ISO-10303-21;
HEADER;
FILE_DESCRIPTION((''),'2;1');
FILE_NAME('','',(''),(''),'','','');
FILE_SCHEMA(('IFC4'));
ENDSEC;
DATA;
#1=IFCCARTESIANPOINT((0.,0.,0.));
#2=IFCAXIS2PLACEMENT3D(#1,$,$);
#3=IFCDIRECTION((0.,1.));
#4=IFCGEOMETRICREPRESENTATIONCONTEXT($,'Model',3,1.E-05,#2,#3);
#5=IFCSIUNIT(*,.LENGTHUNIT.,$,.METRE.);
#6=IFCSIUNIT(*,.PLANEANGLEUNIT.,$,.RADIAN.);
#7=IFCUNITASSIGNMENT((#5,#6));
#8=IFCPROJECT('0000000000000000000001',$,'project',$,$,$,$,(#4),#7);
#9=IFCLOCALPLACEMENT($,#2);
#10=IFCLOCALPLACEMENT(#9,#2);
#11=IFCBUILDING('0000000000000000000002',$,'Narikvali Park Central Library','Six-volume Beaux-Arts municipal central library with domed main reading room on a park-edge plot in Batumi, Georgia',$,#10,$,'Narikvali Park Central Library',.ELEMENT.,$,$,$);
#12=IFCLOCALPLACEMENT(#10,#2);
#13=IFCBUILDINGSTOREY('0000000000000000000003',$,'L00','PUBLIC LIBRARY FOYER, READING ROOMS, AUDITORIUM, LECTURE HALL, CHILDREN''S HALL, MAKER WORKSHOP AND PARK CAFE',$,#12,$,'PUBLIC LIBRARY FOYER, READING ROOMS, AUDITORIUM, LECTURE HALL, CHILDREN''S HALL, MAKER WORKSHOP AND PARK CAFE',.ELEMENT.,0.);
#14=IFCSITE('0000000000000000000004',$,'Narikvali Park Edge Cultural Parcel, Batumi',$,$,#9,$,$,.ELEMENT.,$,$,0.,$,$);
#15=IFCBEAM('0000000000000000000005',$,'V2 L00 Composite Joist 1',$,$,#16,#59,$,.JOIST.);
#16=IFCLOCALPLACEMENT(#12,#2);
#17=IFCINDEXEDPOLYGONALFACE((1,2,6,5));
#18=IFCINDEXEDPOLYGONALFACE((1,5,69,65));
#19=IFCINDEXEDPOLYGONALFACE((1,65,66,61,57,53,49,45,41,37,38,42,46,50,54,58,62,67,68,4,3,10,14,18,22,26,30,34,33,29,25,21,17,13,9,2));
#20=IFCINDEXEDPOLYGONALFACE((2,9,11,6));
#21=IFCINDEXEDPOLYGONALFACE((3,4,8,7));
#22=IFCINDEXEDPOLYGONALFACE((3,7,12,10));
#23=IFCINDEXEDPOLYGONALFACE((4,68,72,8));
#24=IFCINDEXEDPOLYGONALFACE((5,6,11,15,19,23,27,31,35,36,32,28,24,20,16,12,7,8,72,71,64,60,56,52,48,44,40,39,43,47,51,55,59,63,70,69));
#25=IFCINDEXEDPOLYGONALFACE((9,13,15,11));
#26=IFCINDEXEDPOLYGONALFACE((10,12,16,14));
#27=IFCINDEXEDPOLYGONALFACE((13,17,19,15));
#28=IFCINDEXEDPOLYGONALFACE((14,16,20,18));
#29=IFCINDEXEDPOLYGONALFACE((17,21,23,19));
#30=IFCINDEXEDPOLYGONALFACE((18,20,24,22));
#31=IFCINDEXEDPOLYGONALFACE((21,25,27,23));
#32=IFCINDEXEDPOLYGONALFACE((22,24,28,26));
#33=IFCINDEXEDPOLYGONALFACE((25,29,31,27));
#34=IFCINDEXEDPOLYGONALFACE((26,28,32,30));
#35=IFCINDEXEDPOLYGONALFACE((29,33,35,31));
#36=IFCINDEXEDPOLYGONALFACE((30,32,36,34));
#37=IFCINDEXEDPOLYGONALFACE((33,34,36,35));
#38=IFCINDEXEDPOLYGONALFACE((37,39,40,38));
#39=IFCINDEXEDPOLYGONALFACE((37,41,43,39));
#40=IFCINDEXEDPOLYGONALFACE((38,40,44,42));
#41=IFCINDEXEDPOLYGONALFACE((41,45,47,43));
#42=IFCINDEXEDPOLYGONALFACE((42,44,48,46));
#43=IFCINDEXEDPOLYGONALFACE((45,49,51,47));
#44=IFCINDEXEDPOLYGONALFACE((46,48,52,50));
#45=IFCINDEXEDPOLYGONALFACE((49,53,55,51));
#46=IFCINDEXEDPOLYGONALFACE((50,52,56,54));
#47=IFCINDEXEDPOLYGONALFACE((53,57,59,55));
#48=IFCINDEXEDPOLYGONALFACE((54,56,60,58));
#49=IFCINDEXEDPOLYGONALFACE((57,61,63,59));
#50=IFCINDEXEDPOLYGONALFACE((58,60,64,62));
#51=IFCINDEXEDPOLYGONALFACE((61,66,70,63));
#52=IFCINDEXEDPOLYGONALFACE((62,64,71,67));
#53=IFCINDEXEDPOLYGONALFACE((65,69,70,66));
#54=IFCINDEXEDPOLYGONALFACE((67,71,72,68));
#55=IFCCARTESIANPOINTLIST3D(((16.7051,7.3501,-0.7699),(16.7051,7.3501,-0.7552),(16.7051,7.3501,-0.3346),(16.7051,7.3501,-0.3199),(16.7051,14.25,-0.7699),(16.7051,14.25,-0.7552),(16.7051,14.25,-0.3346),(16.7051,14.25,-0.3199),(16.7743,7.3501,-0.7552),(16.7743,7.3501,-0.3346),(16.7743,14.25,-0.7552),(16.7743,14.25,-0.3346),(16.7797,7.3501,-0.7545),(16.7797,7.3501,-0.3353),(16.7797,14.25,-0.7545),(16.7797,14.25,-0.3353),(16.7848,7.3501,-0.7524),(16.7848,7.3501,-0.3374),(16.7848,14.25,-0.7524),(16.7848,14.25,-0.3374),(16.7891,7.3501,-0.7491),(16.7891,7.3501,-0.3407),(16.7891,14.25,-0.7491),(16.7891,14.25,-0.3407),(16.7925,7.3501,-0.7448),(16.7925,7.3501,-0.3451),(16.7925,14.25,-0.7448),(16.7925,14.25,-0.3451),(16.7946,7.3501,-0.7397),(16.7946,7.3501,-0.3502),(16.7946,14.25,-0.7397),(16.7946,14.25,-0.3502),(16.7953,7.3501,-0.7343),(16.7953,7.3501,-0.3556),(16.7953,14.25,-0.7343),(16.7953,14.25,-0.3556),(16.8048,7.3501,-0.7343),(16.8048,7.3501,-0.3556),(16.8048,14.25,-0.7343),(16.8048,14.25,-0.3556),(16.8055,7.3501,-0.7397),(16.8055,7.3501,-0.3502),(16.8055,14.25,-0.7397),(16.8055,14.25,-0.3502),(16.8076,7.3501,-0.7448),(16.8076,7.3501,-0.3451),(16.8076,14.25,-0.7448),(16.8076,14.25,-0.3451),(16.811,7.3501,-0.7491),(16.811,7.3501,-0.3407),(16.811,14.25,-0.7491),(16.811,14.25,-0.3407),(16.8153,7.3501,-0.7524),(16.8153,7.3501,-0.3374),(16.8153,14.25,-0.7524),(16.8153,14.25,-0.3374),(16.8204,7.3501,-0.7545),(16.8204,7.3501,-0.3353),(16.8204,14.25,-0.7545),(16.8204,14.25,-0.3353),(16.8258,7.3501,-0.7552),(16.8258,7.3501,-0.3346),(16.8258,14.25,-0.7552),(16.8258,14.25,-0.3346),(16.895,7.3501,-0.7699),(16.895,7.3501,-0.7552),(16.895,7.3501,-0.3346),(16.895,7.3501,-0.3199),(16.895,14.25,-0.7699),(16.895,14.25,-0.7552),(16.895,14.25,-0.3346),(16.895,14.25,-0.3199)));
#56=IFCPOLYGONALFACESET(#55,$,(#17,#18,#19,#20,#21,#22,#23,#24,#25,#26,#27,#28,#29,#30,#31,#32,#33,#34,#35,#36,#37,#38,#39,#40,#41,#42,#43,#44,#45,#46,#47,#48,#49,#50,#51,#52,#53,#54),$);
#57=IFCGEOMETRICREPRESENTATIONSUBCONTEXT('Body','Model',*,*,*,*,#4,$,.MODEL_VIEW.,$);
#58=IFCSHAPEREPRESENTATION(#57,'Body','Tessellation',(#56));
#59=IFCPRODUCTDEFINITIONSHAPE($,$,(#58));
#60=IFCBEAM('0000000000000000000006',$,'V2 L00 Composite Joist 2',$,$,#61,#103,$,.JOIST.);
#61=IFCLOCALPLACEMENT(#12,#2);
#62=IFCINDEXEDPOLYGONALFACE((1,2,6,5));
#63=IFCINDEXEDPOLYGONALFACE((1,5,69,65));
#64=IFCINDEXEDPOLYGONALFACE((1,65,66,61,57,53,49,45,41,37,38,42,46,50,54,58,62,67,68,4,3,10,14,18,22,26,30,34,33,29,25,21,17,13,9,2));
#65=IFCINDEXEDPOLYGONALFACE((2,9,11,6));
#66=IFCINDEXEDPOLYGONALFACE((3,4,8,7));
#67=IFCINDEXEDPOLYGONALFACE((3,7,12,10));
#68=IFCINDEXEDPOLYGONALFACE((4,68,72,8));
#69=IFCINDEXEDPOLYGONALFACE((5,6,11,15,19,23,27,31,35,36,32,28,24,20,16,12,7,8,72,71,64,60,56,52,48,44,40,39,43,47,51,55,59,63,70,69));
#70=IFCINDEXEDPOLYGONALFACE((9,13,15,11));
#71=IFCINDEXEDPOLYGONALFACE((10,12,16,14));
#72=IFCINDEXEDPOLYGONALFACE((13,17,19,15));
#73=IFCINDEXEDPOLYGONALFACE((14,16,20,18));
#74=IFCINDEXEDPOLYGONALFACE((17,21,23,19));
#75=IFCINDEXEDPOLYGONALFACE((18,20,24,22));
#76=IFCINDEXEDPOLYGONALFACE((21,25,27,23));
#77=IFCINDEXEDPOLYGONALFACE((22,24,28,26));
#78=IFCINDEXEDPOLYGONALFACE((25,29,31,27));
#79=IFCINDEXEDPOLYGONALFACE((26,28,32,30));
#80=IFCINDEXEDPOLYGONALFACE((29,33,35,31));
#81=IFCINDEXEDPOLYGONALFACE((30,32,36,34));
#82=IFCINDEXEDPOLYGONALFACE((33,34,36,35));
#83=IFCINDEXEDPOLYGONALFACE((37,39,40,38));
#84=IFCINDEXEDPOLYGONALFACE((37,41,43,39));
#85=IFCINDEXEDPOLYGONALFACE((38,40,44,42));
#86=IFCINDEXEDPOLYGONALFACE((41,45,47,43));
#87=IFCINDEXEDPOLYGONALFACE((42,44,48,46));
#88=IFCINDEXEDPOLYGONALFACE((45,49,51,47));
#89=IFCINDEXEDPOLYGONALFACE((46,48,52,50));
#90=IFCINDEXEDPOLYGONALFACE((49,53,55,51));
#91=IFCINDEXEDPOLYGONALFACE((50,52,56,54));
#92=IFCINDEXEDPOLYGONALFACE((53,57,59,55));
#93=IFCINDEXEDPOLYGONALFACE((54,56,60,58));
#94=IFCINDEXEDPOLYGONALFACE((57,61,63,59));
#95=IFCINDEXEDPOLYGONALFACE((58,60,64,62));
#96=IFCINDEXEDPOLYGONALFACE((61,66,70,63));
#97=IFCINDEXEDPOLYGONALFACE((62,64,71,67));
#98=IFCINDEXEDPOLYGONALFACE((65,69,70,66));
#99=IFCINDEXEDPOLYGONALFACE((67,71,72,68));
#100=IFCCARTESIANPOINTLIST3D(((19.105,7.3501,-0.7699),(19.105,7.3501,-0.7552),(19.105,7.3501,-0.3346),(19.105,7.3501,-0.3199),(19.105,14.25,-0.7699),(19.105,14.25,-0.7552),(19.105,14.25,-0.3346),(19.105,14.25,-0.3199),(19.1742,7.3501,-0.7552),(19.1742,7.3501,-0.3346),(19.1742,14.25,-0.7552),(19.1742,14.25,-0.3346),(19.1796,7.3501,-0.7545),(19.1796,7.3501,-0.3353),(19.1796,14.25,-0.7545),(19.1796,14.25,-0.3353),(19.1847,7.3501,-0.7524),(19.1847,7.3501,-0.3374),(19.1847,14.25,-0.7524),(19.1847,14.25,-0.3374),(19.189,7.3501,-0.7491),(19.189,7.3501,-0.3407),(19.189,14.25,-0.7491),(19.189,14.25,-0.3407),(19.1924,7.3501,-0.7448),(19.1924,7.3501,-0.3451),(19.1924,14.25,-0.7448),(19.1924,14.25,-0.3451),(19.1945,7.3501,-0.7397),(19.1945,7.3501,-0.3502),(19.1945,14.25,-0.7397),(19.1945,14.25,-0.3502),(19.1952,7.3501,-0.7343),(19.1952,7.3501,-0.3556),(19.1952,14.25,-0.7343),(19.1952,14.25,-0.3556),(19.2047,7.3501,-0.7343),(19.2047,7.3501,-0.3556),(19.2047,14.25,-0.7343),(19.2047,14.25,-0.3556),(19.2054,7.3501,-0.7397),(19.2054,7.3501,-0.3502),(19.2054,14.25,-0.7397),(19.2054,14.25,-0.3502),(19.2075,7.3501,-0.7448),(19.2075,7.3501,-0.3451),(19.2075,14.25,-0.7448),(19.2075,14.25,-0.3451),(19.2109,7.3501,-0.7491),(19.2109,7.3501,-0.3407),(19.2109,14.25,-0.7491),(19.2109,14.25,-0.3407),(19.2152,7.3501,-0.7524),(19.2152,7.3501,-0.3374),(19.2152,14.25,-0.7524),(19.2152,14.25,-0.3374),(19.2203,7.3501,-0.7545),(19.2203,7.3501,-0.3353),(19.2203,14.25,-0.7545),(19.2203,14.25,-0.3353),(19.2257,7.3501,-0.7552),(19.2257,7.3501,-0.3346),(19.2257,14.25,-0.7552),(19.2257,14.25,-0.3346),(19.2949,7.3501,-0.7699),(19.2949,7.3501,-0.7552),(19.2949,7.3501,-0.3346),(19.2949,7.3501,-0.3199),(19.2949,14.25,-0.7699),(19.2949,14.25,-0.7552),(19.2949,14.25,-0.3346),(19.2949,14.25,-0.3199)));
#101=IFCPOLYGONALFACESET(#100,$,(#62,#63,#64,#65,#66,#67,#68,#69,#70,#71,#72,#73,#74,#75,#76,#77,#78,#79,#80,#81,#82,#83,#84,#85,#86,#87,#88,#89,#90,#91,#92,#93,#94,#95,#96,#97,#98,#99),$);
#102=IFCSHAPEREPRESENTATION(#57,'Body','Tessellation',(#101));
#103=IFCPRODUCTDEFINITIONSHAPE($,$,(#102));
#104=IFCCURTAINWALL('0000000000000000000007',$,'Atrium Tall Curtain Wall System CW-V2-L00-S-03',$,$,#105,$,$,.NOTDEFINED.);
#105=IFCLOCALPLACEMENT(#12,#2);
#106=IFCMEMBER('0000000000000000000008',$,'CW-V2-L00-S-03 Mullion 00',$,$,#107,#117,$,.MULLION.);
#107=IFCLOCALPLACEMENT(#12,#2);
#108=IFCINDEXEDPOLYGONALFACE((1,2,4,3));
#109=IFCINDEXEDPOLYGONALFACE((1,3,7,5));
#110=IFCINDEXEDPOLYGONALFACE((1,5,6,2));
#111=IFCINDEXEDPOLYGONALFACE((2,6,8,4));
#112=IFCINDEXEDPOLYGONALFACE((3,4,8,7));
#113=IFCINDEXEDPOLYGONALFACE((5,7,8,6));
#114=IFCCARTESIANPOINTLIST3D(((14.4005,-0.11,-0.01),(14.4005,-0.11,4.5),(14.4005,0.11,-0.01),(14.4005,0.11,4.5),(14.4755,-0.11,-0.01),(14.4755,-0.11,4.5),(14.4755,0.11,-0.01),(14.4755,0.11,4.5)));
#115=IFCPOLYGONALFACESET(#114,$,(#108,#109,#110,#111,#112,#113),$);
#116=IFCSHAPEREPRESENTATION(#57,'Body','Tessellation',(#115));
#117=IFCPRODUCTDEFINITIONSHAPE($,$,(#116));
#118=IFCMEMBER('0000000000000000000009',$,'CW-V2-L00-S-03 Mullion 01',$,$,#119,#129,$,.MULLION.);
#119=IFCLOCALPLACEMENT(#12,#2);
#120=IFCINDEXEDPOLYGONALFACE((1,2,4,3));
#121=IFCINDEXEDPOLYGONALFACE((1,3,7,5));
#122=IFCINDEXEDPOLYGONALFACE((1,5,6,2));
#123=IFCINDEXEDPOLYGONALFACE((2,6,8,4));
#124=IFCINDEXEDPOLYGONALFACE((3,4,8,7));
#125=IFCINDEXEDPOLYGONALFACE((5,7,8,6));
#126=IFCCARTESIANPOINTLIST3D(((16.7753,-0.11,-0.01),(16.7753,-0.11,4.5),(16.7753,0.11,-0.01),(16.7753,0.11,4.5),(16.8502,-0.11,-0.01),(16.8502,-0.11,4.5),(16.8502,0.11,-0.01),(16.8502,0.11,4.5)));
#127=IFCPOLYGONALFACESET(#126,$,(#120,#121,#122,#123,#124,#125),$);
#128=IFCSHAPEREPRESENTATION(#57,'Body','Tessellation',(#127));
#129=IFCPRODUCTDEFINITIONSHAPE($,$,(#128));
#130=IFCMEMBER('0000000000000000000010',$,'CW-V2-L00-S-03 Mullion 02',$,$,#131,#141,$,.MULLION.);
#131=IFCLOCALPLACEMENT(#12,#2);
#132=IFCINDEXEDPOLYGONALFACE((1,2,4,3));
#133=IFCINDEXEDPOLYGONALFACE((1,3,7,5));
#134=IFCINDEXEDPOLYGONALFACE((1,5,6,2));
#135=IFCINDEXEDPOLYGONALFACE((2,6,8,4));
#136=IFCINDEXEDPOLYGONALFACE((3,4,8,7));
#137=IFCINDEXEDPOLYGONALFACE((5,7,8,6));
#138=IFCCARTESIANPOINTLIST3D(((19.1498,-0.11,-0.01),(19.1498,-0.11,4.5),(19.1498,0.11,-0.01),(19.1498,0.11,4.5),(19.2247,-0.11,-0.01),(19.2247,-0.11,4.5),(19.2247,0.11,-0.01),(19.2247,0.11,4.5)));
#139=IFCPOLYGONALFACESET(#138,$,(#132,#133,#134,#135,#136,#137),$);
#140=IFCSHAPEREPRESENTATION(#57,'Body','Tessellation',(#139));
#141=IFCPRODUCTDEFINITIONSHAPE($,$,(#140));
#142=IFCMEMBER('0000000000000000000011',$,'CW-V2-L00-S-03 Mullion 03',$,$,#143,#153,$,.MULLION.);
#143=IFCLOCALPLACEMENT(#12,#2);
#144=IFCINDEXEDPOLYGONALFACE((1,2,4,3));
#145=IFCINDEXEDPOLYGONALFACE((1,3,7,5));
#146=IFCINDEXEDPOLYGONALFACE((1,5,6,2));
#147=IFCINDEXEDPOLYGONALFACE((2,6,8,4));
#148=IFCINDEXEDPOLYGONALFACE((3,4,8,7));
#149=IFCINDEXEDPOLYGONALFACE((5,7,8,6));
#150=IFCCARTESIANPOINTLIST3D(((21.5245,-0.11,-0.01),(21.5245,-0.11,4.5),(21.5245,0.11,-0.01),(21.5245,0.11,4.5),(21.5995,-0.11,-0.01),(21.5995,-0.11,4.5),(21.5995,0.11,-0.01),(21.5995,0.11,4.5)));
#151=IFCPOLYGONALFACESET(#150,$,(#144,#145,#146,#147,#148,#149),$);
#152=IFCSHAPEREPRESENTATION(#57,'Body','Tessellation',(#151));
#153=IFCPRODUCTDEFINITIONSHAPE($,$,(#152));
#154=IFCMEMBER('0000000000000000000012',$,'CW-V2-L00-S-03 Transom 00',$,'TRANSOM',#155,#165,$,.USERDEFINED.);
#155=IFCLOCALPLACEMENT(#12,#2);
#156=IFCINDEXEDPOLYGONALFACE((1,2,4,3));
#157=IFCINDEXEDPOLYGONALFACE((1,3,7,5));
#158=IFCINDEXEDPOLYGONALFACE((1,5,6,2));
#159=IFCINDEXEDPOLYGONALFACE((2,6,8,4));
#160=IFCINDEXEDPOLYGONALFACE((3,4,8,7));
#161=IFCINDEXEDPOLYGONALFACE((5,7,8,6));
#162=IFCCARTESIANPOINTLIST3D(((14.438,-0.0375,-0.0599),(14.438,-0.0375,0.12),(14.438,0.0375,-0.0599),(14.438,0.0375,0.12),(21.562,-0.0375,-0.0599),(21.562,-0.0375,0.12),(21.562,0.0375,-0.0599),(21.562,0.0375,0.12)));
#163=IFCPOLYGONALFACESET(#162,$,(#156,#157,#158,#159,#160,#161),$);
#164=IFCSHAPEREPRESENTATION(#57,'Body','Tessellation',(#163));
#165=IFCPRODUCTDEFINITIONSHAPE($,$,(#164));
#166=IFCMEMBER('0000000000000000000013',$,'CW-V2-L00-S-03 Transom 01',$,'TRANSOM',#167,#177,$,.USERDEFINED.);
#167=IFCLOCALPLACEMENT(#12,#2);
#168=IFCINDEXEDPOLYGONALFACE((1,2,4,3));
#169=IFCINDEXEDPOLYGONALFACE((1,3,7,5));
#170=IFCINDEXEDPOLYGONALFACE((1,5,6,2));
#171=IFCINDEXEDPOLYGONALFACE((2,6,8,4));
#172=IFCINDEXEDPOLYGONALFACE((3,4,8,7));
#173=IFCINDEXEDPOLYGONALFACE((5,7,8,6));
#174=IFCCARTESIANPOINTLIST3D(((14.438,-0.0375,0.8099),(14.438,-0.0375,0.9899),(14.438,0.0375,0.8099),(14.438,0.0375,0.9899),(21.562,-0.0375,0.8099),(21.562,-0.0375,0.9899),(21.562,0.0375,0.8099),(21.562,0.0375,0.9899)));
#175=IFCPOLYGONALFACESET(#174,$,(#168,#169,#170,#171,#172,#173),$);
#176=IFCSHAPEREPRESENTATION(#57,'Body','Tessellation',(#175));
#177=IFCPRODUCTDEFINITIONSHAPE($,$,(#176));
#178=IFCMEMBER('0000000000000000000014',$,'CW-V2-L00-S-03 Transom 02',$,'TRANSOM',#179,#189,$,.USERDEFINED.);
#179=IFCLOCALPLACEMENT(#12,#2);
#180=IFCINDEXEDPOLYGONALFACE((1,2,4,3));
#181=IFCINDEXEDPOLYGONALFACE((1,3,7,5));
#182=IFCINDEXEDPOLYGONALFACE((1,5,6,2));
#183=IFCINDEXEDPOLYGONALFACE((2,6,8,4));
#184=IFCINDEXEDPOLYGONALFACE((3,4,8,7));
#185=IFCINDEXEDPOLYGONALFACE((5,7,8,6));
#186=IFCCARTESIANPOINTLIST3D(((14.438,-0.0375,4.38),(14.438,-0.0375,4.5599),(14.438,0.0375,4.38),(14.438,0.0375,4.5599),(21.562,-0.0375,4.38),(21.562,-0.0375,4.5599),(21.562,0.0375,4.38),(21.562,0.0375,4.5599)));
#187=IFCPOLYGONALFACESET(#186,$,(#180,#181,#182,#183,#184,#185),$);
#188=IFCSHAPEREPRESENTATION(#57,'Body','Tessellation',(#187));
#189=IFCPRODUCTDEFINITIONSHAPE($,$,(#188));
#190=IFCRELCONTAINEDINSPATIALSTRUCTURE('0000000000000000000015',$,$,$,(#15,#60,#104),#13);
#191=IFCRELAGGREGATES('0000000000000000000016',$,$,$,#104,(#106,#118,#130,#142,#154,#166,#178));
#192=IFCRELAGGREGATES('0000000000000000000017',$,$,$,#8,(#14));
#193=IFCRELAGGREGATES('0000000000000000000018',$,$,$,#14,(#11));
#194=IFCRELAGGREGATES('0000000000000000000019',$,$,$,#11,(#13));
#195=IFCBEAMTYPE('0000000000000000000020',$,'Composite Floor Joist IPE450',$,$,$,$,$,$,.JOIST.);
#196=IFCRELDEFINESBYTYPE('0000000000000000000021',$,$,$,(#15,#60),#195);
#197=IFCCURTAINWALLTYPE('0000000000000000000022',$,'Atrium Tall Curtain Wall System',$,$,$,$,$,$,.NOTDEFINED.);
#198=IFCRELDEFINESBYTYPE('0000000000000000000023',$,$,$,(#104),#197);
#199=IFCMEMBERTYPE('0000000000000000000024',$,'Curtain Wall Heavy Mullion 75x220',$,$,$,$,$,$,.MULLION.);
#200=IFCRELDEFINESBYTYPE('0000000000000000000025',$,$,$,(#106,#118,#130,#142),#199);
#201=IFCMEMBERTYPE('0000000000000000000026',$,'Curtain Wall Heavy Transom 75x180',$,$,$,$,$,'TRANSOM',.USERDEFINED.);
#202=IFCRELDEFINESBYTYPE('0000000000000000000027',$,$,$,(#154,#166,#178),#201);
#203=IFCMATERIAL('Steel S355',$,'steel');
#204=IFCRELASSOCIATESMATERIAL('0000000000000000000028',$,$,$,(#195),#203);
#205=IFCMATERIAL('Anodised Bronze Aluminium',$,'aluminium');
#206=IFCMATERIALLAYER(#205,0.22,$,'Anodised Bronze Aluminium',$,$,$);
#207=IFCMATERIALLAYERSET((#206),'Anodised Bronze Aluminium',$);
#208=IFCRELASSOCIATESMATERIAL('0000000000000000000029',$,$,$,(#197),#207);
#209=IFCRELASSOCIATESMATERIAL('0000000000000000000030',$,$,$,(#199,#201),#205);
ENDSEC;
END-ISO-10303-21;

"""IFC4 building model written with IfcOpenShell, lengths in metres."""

from ifc_helpers import new_model, si_unit, direction, frame, origin, origin_2d, place, context, subcontext, project, spatial, rectangle, i_section, extrude, material, layer, layer_set, material_profile, profile_set, type_object, element, aggregate, save


model = new_model("IFC4")

# Units and contexts
model_context = context("Model", 3, precision=1e-05, world=origin(), true_north=direction((0.0, 1.0)))
body_context = subcontext(model_context, "Body", "Model", "MODEL_VIEW")
ifc_project = project(units=[si_unit("LENGTHUNIT", "METRE"), si_unit("PLANEANGLEUNIT", "RADIAN")], contexts=[model_context])

# Site, building, storey
site_placement = place(None, origin())
site = spatial("IfcSite", under=ifc_project, at=site_placement, Name="Narikvali Park Edge Cultural Parcel, Batumi", CompositionType="ELEMENT", RefElevation=0.0)
building_placement = place(site_placement, origin())
building = spatial("IfcBuilding", under=site, at=building_placement, Name="Narikvali Park Central Library", Description="Six-volume Beaux-Arts municipal central library with domed main reading room on a park-edge plot in Batumi, Georgia", LongName="Narikvali Park Central Library", CompositionType="ELEMENT")
storey_placement = place(building_placement, origin())
storey = spatial("IfcBuildingStorey", under=building, at=storey_placement, Name="L00", Description="PUBLIC LIBRARY FOYER, READING ROOMS, AUDITORIUM, LECTURE HALL, CHILDREN'S HALL, MAKER WORKSHOP AND PARK CAFE", LongName="PUBLIC LIBRARY FOYER, READING ROOMS, AUDITORIUM, LECTURE HALL, CHILDREN'S HALL, MAKER WORKSHOP AND PARK CAFE", CompositionType="ELEMENT", Elevation=0.0)

# Shared definitions
ifc_material_1 = material(Name="Steel S355", Category="steel")

# Beams
ifc_material_profile_1 = material_profile(ifc_material_1, i_section(OverallWidth=0.1899, OverallDepth=0.45, WebThickness=0.0095, FlangeThickness=0.0146, FilletRadius=0.021, at=origin_2d()), Name="IPE 450")
ifc_profile_set_1 = profile_set([ifc_material_profile_1], Name="Steel S355")
beam_type_1 = type_object("IfcBeamType", Name="Composite Floor Joist IPE450", PredefinedType="JOIST", material=ifc_profile_set_1)
for number, where, z_axis, x_axis, name in (
    (1, (16.8, 7.3501, -0.5449), (0.0, 1.0, 0.0), (-1.0, 0.0, 0.0), "V2 L00 Composite Joist 1"),
    (2, (19.2, 7.3501, -0.5449), (0.0, 1.0, 0.0), (-1.0, 0.0, 0.0), "V2 L00 Composite Joist 2"),
):
    element("IfcBeam", number, at=place(storey_placement, frame(where, z_axis=z_axis, x_axis=x_axis)), inside=storey, type_object=beam_type_1, Name=name, PredefinedType="JOIST", context=body_context, shape_type="SweptSolid", body=[
        extrude(i_section(OverallWidth=0.1899, OverallDepth=0.45, WebThickness=0.0095, FlangeThickness=0.0146, FilletRadius=0.021, at=origin_2d()), origin(), (0.0, 0.0, 1.0), 6.8999),
    ])

# Curtain wall, members
ifc_material_2 = material(Name="Anodised Bronze Aluminium", Category="aluminium")
ifc_layer_1 = layer(ifc_material_2, 0.22, Name="Anodised Bronze Aluminium")
ifc_layer_set_1 = layer_set([ifc_layer_1], Name="Anodised Bronze Aluminium")
curtain_wall_type = type_object("IfcCurtainWallType", Name="Atrium Tall Curtain Wall System", PredefinedType="NOTDEFINED", material=ifc_layer_set_1)
curtain_wall_placement = place(storey_placement, origin())
curtain_wall = element("IfcCurtainWall", 3, at=curtain_wall_placement, inside=storey, type_object=curtain_wall_type, Name="Atrium Tall Curtain Wall System CW-V2-L00-S-03", PredefinedType="NOTDEFINED")
ifc_material_profile_2 = material_profile(ifc_material_2, rectangle(XDim=0.075, YDim=0.22, at=origin_2d()), Name="CW MULLION 75x220")
ifc_profile_set_2 = profile_set([ifc_material_profile_2], Name="Anodised Bronze Aluminium")
member_type_1 = type_object("IfcMemberType", Name="Curtain Wall Heavy Mullion 75x220", PredefinedType="MULLION", material=ifc_profile_set_2)
member_1_placement = place(storey_placement, frame((14.438, 0.0, -0.01), z_axis=(0.0, 0.0, 1.0), x_axis=(1.0, 0.0, 0.0)))
member_1 = element("IfcMember", 4, at=member_1_placement, type_object=member_type_1, Name="CW-V2-L00-S-03 Mullion 00", PredefinedType="MULLION", context=body_context, shape_type="SweptSolid", body=[
    extrude(rectangle(XDim=0.075, YDim=0.22, at=origin_2d()), origin(), (0.0, 0.0, 1.0), 4.51),
])
member_2_placement = place(storey_placement, frame((16.8127, 0.0, -0.01), z_axis=(0.0, 0.0, 1.0), x_axis=(1.0, 0.0, 0.0)))
member_2 = element("IfcMember", 5, at=member_2_placement, type_object=member_type_1, Name="CW-V2-L00-S-03 Mullion 01", PredefinedType="MULLION", context=body_context, shape_type="SweptSolid", body=[
    extrude(rectangle(XDim=0.075, YDim=0.22, at=origin_2d()), origin(), (0.0, 0.0, 1.0), 4.51),
])
member_3_placement = place(storey_placement, frame((19.1873, 0.0, -0.01), z_axis=(0.0, 0.0, 1.0), x_axis=(1.0, 0.0, 0.0)))
member_3 = element("IfcMember", 6, at=member_3_placement, type_object=member_type_1, Name="CW-V2-L00-S-03 Mullion 02", PredefinedType="MULLION", context=body_context, shape_type="SweptSolid", body=[
    extrude(rectangle(XDim=0.075, YDim=0.22, at=origin_2d()), origin(), (0.0, 0.0, 1.0), 4.51),
])
member_4_placement = place(storey_placement, frame((21.562, 0.0, -0.01), z_axis=(0.0, 0.0, 1.0), x_axis=(1.0, 0.0, 0.0)))
member_4 = element("IfcMember", 7, at=member_4_placement, type_object=member_type_1, Name="CW-V2-L00-S-03 Mullion 03", PredefinedType="MULLION", context=body_context, shape_type="SweptSolid", body=[
    extrude(rectangle(XDim=0.075, YDim=0.22, at=origin_2d()), origin(), (0.0, 0.0, 1.0), 4.51),
])
ifc_material_profile_3 = material_profile(ifc_material_2, rectangle(XDim=0.075, YDim=0.1799, at=origin_2d()), Name="CW TRANSOM 75x180")
ifc_profile_set_3 = profile_set([ifc_material_profile_3], Name="Anodised Bronze Aluminium")
member_type_2 = type_object("IfcMemberType", Name="Curtain Wall Heavy Transom 75x180", ElementType="TRANSOM", PredefinedType="USERDEFINED", material=ifc_profile_set_3)
member_5_placement = place(storey_placement, frame((14.438, 0.0, 0.03), z_axis=(1.0, 0.0, 0.0), x_axis=(0.0, 1.0, 0.0)))
member_5 = element("IfcMember", 8, at=member_5_placement, type_object=member_type_2, Name="CW-V2-L00-S-03 Transom 00", ObjectType="TRANSOM", PredefinedType="USERDEFINED", context=body_context, shape_type="SweptSolid", body=[
    extrude(rectangle(XDim=0.075, YDim=0.1799, at=origin_2d()), origin(), (0.0, 0.0, 1.0), 7.124),
])
member_6_placement = place(storey_placement, frame((14.438, 0.0, 0.8999), z_axis=(1.0, 0.0, 0.0), x_axis=(0.0, 1.0, 0.0)))
member_6 = element("IfcMember", 9, at=member_6_placement, type_object=member_type_2, Name="CW-V2-L00-S-03 Transom 01", ObjectType="TRANSOM", PredefinedType="USERDEFINED", context=body_context, shape_type="SweptSolid", body=[
    extrude(rectangle(XDim=0.075, YDim=0.1799, at=origin_2d()), origin(), (0.0, 0.0, 1.0), 7.124),
])
member_7_placement = place(storey_placement, frame((14.438, 0.0, 4.47), z_axis=(1.0, 0.0, 0.0), x_axis=(0.0, 1.0, 0.0)))
member_7 = element("IfcMember", 10, at=member_7_placement, type_object=member_type_2, Name="CW-V2-L00-S-03 Transom 02", ObjectType="TRANSOM", PredefinedType="USERDEFINED", context=body_context, shape_type="SweptSolid", body=[
    extrude(rectangle(XDim=0.075, YDim=0.1799, at=origin_2d()), origin(), (0.0, 0.0, 1.0), 7.124),
])

aggregate(curtain_wall, [member_1, member_2, member_3, member_4, member_5, member_6, member_7])

save(model, "model.ifc")
